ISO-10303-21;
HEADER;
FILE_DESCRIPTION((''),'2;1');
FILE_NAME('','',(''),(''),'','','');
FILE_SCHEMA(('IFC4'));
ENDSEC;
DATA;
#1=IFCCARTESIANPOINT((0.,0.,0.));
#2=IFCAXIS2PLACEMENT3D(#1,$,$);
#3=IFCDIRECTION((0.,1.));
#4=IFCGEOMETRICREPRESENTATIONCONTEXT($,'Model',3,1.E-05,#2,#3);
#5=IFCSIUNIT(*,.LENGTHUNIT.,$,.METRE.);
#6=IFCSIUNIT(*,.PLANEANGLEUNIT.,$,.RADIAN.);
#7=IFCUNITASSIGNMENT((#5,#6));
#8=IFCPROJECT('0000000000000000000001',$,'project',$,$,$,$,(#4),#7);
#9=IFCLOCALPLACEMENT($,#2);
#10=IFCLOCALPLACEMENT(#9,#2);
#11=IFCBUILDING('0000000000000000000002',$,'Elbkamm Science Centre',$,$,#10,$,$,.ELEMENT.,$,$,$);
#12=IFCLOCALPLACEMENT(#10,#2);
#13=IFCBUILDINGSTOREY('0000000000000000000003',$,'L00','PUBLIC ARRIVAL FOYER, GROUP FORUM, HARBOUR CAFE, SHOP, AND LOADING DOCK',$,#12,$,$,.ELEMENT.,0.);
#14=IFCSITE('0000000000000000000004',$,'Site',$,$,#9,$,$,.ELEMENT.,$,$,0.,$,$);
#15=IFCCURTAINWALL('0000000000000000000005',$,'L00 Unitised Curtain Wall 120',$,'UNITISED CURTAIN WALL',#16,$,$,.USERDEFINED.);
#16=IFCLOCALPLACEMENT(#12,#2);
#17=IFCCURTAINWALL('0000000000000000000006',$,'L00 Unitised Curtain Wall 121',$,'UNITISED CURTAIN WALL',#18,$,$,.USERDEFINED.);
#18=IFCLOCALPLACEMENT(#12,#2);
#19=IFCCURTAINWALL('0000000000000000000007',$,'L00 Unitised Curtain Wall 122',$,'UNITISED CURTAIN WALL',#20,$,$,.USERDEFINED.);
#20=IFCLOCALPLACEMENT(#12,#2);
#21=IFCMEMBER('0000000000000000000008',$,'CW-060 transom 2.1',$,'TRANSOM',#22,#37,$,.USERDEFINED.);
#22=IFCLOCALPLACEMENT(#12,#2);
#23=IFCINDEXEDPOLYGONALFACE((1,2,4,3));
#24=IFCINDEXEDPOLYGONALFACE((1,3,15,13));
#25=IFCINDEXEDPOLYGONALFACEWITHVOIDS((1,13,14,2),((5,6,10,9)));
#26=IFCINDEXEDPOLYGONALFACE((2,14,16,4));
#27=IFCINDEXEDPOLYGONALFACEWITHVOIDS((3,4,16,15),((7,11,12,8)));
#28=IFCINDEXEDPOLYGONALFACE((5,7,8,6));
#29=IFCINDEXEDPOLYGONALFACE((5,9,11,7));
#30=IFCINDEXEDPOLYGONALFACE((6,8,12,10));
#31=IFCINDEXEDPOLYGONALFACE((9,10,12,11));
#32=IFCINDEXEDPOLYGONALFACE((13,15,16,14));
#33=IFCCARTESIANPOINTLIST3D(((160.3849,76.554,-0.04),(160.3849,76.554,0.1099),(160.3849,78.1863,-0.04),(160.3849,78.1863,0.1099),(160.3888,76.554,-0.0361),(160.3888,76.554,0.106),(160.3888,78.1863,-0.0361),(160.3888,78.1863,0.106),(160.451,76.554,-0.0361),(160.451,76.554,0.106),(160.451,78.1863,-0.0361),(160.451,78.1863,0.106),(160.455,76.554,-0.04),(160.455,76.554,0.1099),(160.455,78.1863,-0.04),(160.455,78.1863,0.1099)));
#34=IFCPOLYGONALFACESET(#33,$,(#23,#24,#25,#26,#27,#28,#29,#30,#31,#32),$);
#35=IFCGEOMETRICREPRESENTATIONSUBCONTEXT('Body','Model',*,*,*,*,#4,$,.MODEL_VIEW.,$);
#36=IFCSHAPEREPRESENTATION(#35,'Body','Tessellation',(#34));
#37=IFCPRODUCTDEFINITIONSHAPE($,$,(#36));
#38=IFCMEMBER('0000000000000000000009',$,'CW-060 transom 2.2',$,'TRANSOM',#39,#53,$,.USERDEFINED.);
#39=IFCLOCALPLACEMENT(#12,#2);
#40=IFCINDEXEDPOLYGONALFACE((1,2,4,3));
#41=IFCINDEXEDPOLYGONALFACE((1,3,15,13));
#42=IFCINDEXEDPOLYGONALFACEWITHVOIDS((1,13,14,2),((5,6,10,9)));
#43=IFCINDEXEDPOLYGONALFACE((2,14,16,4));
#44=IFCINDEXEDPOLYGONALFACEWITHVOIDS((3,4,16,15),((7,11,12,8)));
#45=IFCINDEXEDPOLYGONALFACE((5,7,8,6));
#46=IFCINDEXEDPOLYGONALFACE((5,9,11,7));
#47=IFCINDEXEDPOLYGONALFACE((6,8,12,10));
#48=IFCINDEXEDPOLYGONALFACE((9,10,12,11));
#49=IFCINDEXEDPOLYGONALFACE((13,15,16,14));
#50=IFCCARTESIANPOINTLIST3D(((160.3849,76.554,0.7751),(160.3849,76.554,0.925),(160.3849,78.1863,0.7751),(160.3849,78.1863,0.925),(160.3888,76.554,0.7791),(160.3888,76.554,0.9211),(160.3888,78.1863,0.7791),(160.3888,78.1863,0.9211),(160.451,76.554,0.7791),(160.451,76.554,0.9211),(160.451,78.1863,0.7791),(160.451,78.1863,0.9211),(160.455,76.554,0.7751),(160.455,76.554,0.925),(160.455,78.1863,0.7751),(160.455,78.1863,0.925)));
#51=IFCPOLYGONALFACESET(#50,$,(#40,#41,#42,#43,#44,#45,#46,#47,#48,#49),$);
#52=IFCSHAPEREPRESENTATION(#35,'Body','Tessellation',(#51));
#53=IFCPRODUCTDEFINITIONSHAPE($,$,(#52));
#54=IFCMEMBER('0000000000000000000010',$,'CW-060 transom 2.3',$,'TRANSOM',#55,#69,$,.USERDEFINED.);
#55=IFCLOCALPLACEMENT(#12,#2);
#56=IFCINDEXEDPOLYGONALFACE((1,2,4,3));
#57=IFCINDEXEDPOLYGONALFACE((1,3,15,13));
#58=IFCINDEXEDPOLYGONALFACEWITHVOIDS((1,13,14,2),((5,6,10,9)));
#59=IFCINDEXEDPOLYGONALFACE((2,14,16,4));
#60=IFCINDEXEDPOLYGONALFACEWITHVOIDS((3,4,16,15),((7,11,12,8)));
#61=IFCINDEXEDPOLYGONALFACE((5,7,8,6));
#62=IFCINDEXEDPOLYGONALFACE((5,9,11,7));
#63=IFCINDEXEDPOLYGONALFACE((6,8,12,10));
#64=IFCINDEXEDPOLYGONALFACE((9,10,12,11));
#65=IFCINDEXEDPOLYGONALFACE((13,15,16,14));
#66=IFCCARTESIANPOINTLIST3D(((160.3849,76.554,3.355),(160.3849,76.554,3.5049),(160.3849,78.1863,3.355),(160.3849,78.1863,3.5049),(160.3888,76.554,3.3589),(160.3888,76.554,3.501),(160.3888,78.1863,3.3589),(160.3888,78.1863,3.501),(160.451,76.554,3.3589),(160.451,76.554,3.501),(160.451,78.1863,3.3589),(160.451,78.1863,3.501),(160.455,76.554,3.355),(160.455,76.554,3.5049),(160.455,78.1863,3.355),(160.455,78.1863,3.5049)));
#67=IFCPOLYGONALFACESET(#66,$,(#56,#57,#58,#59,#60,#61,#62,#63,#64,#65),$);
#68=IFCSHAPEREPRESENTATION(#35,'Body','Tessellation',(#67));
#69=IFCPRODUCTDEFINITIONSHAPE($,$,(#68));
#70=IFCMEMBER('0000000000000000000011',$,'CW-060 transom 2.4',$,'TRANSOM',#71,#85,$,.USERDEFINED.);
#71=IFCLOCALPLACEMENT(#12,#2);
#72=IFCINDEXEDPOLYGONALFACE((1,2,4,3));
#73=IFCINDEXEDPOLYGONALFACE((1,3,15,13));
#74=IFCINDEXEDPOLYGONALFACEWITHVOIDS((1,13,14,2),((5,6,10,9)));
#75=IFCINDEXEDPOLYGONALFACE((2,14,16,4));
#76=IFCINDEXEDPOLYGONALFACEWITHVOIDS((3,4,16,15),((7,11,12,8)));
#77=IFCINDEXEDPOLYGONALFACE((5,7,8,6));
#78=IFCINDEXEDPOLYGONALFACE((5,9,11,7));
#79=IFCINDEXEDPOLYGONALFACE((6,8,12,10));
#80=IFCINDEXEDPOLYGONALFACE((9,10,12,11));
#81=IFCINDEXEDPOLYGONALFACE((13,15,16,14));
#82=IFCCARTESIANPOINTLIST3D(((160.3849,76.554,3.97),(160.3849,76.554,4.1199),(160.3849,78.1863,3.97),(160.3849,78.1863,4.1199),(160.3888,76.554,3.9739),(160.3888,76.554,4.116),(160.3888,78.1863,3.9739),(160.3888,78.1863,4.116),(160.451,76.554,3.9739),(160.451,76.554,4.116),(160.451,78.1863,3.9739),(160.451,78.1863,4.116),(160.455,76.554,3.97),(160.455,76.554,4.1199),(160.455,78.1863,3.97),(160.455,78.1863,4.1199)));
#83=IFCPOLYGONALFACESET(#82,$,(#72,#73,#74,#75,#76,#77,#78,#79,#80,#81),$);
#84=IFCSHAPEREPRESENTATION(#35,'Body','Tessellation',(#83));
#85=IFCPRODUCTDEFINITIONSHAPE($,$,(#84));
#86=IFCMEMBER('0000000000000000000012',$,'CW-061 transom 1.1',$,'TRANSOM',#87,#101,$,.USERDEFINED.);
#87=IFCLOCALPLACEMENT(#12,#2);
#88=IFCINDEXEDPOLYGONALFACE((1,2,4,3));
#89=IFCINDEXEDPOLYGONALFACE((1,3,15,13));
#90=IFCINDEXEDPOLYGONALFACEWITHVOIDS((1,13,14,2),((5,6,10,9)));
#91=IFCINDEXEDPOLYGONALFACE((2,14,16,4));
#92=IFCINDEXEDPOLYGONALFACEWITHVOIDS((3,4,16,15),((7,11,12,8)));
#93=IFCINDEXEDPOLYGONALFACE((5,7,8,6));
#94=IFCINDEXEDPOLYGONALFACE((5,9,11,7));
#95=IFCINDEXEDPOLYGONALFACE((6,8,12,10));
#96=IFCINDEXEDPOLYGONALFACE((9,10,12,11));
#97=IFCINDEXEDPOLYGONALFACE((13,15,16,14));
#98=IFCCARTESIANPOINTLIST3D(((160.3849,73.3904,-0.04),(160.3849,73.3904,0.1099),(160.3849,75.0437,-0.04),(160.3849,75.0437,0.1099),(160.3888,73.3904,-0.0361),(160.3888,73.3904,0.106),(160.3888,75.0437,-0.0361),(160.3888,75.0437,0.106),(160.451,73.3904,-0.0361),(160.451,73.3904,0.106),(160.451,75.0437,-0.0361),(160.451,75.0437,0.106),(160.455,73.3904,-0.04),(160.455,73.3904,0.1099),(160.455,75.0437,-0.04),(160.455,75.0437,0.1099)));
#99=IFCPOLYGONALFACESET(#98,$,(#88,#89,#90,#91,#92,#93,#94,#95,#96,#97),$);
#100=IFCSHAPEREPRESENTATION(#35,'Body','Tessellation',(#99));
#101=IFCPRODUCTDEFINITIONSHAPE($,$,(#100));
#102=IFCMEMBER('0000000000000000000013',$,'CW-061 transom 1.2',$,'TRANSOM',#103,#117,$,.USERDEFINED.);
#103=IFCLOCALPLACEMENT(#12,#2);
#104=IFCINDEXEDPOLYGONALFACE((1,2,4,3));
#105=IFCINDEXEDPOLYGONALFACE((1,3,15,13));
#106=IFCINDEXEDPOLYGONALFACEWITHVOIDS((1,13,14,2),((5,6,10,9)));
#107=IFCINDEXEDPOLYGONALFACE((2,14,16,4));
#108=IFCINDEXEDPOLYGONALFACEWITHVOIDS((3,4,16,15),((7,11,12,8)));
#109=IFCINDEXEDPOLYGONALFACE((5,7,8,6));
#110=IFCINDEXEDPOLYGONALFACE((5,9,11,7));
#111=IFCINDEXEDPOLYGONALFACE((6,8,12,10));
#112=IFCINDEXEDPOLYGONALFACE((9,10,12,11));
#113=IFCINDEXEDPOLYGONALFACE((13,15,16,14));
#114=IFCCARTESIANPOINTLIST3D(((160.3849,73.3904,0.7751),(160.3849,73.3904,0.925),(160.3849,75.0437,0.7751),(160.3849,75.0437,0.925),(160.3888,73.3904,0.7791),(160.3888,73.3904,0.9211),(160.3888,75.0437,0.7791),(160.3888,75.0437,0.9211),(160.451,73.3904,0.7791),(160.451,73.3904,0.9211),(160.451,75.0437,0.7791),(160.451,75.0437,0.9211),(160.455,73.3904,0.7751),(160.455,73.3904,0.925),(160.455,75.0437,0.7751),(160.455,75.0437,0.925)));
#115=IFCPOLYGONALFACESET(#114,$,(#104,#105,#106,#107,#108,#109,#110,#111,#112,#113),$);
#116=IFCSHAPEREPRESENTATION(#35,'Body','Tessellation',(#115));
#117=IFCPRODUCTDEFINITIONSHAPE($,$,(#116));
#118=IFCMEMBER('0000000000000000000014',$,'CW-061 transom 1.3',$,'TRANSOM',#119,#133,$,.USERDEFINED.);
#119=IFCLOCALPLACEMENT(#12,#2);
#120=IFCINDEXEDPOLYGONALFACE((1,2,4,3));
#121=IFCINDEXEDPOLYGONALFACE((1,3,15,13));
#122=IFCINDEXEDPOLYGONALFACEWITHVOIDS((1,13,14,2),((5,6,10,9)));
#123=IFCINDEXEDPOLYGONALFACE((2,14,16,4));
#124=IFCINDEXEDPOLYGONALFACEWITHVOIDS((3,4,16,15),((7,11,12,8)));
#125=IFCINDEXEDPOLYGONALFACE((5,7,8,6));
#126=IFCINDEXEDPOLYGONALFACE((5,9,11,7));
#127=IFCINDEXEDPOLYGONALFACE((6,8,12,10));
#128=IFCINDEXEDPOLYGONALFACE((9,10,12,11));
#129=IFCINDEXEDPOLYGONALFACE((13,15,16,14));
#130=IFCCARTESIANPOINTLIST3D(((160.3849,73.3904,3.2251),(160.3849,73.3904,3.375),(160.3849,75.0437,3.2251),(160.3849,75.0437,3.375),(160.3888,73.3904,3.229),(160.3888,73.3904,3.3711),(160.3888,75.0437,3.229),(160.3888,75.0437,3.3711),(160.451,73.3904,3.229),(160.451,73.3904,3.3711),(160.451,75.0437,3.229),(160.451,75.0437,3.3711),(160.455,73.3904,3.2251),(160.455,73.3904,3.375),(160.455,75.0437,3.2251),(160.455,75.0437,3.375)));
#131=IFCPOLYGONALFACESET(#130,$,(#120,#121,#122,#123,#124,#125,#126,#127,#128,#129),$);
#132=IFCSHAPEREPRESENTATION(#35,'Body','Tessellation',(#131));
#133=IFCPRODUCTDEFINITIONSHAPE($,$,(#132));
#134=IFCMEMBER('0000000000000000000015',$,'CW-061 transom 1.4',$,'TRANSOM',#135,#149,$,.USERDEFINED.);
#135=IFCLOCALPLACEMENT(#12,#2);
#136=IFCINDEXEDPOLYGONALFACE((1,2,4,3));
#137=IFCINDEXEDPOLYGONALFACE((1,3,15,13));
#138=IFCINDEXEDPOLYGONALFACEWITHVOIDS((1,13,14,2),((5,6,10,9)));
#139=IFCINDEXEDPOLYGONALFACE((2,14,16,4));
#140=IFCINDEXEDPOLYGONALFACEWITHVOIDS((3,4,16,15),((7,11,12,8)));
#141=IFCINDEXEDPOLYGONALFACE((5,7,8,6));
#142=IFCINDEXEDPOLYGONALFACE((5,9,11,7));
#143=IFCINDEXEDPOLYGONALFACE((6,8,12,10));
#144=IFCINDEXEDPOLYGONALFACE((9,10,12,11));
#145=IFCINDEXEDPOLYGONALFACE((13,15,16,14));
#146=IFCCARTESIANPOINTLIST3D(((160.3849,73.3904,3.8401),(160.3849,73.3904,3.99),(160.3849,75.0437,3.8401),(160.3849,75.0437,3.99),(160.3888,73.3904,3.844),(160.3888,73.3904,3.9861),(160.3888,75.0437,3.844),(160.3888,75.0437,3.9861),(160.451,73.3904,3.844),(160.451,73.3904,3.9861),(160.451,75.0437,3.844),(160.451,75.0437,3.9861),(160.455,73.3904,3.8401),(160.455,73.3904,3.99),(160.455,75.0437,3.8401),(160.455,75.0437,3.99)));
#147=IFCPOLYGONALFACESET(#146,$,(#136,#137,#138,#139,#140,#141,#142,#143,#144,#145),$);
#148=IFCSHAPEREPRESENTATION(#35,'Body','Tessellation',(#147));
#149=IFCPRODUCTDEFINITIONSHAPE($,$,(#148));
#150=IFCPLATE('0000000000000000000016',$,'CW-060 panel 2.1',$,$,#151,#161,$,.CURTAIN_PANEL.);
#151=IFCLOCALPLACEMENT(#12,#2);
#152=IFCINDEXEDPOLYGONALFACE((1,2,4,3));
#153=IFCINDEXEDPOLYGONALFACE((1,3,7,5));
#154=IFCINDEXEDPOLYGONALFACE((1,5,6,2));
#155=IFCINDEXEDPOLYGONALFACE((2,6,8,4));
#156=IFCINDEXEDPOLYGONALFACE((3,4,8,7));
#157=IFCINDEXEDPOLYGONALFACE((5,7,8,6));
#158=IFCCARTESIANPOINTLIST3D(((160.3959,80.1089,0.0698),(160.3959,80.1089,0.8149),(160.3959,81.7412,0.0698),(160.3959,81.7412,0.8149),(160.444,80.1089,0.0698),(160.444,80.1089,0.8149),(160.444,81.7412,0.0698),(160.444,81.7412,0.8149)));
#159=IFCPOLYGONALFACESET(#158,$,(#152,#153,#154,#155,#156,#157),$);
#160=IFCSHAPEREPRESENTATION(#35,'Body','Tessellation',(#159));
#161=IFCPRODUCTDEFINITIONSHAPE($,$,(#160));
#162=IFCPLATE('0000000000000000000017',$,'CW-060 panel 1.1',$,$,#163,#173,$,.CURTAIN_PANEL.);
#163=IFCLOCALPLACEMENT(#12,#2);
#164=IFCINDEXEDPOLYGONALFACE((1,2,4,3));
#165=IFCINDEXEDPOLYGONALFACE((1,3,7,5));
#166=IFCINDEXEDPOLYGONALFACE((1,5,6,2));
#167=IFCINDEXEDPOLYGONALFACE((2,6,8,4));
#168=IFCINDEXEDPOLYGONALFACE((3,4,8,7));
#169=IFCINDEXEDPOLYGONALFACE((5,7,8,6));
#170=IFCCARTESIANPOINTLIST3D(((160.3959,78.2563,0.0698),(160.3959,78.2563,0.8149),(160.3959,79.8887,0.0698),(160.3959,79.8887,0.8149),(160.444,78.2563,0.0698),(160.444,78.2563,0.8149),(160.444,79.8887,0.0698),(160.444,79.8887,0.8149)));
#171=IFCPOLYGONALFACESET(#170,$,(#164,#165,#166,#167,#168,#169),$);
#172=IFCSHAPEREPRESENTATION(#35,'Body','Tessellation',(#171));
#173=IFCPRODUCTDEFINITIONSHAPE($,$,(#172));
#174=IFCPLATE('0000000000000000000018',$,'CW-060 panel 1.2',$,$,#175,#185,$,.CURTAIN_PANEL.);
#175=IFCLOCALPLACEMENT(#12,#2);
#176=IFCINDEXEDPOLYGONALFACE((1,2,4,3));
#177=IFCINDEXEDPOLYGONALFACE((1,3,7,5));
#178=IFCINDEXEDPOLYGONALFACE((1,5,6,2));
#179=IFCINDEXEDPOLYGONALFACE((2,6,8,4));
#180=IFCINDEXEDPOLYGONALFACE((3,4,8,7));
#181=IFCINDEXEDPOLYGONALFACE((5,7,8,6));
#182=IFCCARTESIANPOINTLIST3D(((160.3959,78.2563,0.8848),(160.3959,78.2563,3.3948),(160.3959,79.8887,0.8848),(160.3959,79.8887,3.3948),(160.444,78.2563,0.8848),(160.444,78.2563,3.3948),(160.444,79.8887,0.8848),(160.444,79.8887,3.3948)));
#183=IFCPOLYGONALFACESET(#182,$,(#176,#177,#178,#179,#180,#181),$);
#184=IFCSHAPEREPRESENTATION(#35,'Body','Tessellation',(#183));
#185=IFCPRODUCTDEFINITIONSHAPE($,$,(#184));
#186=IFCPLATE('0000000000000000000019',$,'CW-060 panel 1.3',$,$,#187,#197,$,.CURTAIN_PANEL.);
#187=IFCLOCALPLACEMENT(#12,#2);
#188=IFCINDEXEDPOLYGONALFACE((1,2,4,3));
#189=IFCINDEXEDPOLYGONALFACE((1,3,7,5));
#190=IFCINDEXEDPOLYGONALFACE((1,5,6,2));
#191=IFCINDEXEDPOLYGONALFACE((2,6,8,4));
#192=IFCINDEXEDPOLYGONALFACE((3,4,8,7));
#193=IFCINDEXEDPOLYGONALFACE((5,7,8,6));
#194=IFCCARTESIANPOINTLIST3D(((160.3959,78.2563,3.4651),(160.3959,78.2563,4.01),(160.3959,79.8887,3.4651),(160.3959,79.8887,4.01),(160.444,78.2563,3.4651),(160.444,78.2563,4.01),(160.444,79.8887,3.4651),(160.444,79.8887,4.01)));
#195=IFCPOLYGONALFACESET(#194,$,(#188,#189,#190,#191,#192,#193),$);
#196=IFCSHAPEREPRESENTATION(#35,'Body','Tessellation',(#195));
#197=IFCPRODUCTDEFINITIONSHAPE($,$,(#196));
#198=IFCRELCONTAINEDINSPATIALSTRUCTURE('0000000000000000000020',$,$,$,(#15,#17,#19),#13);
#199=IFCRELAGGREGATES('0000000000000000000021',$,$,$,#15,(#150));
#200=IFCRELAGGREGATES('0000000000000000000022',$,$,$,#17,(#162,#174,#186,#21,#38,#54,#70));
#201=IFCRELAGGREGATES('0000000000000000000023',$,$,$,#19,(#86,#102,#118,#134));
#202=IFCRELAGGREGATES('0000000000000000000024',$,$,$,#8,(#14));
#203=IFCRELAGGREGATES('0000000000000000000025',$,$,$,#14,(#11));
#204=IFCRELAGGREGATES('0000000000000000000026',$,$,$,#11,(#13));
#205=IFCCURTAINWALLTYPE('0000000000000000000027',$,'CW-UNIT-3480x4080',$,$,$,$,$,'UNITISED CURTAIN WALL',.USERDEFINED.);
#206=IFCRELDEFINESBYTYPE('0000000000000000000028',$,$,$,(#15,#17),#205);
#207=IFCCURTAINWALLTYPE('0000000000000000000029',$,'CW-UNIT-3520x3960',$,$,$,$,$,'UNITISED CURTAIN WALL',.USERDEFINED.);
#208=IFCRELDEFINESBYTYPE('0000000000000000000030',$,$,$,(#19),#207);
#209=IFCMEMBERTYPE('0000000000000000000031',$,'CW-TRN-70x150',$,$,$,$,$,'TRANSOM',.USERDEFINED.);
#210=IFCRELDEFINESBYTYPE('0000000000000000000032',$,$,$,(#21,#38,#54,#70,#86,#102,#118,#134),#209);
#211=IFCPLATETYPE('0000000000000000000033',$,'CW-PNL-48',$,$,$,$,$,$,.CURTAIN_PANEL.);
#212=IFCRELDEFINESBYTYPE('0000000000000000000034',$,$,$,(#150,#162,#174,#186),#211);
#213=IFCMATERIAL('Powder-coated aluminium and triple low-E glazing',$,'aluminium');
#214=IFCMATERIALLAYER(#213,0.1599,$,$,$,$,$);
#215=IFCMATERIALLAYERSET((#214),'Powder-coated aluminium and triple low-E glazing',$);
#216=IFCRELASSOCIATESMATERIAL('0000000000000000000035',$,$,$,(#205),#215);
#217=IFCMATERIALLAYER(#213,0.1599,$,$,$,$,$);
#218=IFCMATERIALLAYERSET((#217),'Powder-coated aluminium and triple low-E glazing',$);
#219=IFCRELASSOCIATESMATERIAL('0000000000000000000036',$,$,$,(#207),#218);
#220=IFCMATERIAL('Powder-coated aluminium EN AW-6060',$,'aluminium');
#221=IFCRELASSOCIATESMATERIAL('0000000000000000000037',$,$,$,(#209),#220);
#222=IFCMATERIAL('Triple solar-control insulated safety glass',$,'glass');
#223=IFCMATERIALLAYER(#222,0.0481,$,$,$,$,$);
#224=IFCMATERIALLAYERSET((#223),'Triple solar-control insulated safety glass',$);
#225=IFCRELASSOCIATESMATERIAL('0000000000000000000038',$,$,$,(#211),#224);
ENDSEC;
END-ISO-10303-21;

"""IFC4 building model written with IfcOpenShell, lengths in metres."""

from ifc_helpers import new_model, si_unit, direction, frame, origin, origin_2d, place, context, subcontext, project, spatial, rectangle, hollow_rectangle, extrude, material, layer, layer_set, material_profile, profile_set, type_object, element, aggregate, save


model = new_model("IFC4")

# Units and contexts
model_context = context("Model", 3, precision=1e-05, world=origin(), true_north=direction((0.0, 1.0)))
body_context = subcontext(model_context, "Body", "Model", "MODEL_VIEW")
ifc_project = project(units=[si_unit("LENGTHUNIT", "METRE"), si_unit("PLANEANGLEUNIT", "RADIAN")], contexts=[model_context])

# Site, building, storey
site_placement = place(None, origin())
site = spatial("IfcSite", under=ifc_project, at=site_placement, Name="Site", CompositionType="ELEMENT", RefElevation=0.0)
building_placement = place(site_placement, origin())
building = spatial("IfcBuilding", under=site, at=building_placement, Name="Elbkamm Science Centre", CompositionType="ELEMENT")
storey_placement = place(building_placement, origin())
storey = spatial("IfcBuildingStorey", under=building, at=storey_placement, Name="L00", Description="PUBLIC ARRIVAL FOYER, GROUP FORUM, HARBOUR CAFE, SHOP, AND LOADING DOCK", CompositionType="ELEMENT", Elevation=0.0)

# Curtain wall
ifc_material_1 = material(Name="Powder-coated aluminium and triple low-E glazing", Category="aluminium")
ifc_layer_1 = layer(ifc_material_1, 0.1599)
ifc_layer_set_1 = layer_set([ifc_layer_1], Name="Powder-coated aluminium and triple low-E glazing")
curtain_wall_type_1 = type_object("IfcCurtainWallType", Name="CW-UNIT-3480x4080", ElementType="UNITISED CURTAIN WALL", PredefinedType="USERDEFINED", material=ifc_layer_set_1)
curtain_wall_1_placement = place(storey_placement, origin())
curtain_wall_1 = element("IfcCurtainWall", 1, at=curtain_wall_1_placement, inside=storey, type_object=curtain_wall_type_1, Name="L00 Unitised Curtain Wall 120", ObjectType="UNITISED CURTAIN WALL", PredefinedType="USERDEFINED")
ifc_material_2 = material(Name="Powder-coated aluminium EN AW-6060", Category="aluminium")

# Curtain wall
curtain_wall_2_placement = place(storey_placement, origin())
curtain_wall_2 = element("IfcCurtainWall", 2, at=curtain_wall_2_placement, inside=storey, type_object=curtain_wall_type_1, Name="L00 Unitised Curtain Wall 121", ObjectType="UNITISED CURTAIN WALL", PredefinedType="USERDEFINED")

# Curtain wall
ifc_layer_2 = layer(ifc_material_1, 0.1599)
ifc_layer_set_2 = layer_set([ifc_layer_2], Name="Powder-coated aluminium and triple low-E glazing")
curtain_wall_type_2 = type_object("IfcCurtainWallType", Name="CW-UNIT-3520x3960", ElementType="UNITISED CURTAIN WALL", PredefinedType="USERDEFINED", material=ifc_layer_set_2)
curtain_wall_3_placement = place(storey_placement, origin())
curtain_wall_3 = element("IfcCurtainWall", 3, at=curtain_wall_3_placement, inside=storey, type_object=curtain_wall_type_2, Name="L00 Unitised Curtain Wall 122", ObjectType="UNITISED CURTAIN WALL", PredefinedType="USERDEFINED")

# Members
ifc_material_profile_1 = material_profile(ifc_material_2, hollow_rectangle(XDim=0.0701, YDim=0.1499, WallThickness=0.0039, at=origin_2d()), Name="ALU T70x150")
ifc_profile_set_1 = profile_set([ifc_material_profile_1], Name="Powder-coated aluminium EN AW-6060")
member_type_1 = type_object("IfcMemberType", Name="CW-TRN-70x150", ElementType="TRANSOM", PredefinedType="USERDEFINED", material=ifc_profile_set_1)
member_1_placement = place(storey_placement, frame((160.4199, 78.1863, 0.0349), z_axis=(0.0, -1.0, 0.0), x_axis=(1.0, 0.0, 0.0)))
member_1 = element("IfcMember", 4, at=member_1_placement, type_object=member_type_1, Name="CW-060 transom 2.1", ObjectType="TRANSOM", PredefinedType="USERDEFINED", context=body_context, shape_type="SweptSolid", body=[
    extrude(hollow_rectangle(XDim=0.0701, YDim=0.1499, WallThickness=0.0039, at=origin_2d()), origin(), (0.0, 0.0, 1.0), 1.6323),
])
member_2_placement = place(storey_placement, frame((160.4199, 78.1863, 0.8501), z_axis=(0.0, -1.0, 0.0), x_axis=(1.0, 0.0, 0.0)))
member_2 = element("IfcMember", 5, at=member_2_placement, type_object=member_type_1, Name="CW-060 transom 2.2", ObjectType="TRANSOM", PredefinedType="USERDEFINED", context=body_context, shape_type="SweptSolid", body=[
    extrude(hollow_rectangle(XDim=0.0701, YDim=0.1499, WallThickness=0.0039, at=origin_2d()), origin(), (0.0, 0.0, 1.0), 1.6323),
])
member_3_placement = place(storey_placement, frame((160.4199, 78.1863, 3.4299), z_axis=(0.0, -1.0, 0.0), x_axis=(1.0, 0.0, 0.0)))
member_3 = element("IfcMember", 6, at=member_3_placement, type_object=member_type_1, Name="CW-060 transom 2.3", ObjectType="TRANSOM", PredefinedType="USERDEFINED", context=body_context, shape_type="SweptSolid", body=[
    extrude(hollow_rectangle(XDim=0.0701, YDim=0.1499, WallThickness=0.0039, at=origin_2d()), origin(), (0.0, 0.0, 1.0), 1.6323),
])
member_4_placement = place(storey_placement, frame((160.4199, 78.1863, 4.0449), z_axis=(0.0, -1.0, 0.0), x_axis=(1.0, 0.0, 0.0)))
member_4 = element("IfcMember", 7, at=member_4_placement, type_object=member_type_1, Name="CW-060 transom 2.4", ObjectType="TRANSOM", PredefinedType="USERDEFINED", context=body_context, shape_type="SweptSolid", body=[
    extrude(hollow_rectangle(XDim=0.0701, YDim=0.1499, WallThickness=0.0039, at=origin_2d()), origin(), (0.0, 0.0, 1.0), 1.6323),
])
member_5_placement = place(storey_placement, frame((160.4199, 75.0437, 0.0349), z_axis=(0.0, -1.0, 0.0), x_axis=(1.0, 0.0, 0.0)))
member_5 = element("IfcMember", 8, at=member_5_placement, type_object=member_type_1, Name="CW-061 transom 1.1", ObjectType="TRANSOM", PredefinedType="USERDEFINED", context=body_context, shape_type="SweptSolid", body=[
    extrude(hollow_rectangle(XDim=0.0701, YDim=0.1499, WallThickness=0.0039, at=origin_2d()), origin(), (0.0, 0.0, 1.0), 1.6533),
])
member_6_placement = place(storey_placement, frame((160.4199, 75.0437, 0.8501), z_axis=(0.0, -1.0, 0.0), x_axis=(1.0, 0.0, 0.0)))
member_6 = element("IfcMember", 9, at=member_6_placement, type_object=member_type_1, Name="CW-061 transom 1.2", ObjectType="TRANSOM", PredefinedType="USERDEFINED", context=body_context, shape_type="SweptSolid", body=[
    extrude(hollow_rectangle(XDim=0.0701, YDim=0.1499, WallThickness=0.0039, at=origin_2d()), origin(), (0.0, 0.0, 1.0), 1.6533),
])
member_7_placement = place(storey_placement, frame((160.4199, 75.0437, 3.3), z_axis=(0.0, -1.0, 0.0), x_axis=(1.0, 0.0, 0.0)))
member_7 = element("IfcMember", 10, at=member_7_placement, type_object=member_type_1, Name="CW-061 transom 1.3", ObjectType="TRANSOM", PredefinedType="USERDEFINED", context=body_context, shape_type="SweptSolid", body=[
    extrude(hollow_rectangle(XDim=0.0701, YDim=0.1499, WallThickness=0.0039, at=origin_2d()), origin(), (0.0, 0.0, 1.0), 1.6533),
])
member_8_placement = place(storey_placement, frame((160.4199, 75.0437, 3.915), z_axis=(0.0, -1.0, 0.0), x_axis=(1.0, 0.0, 0.0)))
member_8 = element("IfcMember", 11, at=member_8_placement, type_object=member_type_1, Name="CW-061 transom 1.4", ObjectType="TRANSOM", PredefinedType="USERDEFINED", context=body_context, shape_type="SweptSolid", body=[
    extrude(hollow_rectangle(XDim=0.0701, YDim=0.1499, WallThickness=0.0039, at=origin_2d()), origin(), (0.0, 0.0, 1.0), 1.6533),
])

# Plates
ifc_material_3 = material(Name="Triple solar-control insulated safety glass", Category="glass")
ifc_layer_3 = layer(ifc_material_3, 0.0481)
ifc_layer_set_3 = layer_set([ifc_layer_3], Name="Triple solar-control insulated safety glass")
plate_type = type_object("IfcPlateType", Name="CW-PNL-48", PredefinedType="CURTAIN_PANEL", material=ifc_layer_set_3)
plate_1_placement = place(storey_placement, frame((160.4199, 80.925, 0.0698), z_axis=(0.0, 0.0, 1.0), x_axis=(0.0, -1.0, 0.0)))
plate_1 = element("IfcPlate", 12, at=plate_1_placement, type_object=plate_type, Name="CW-060 panel 2.1", PredefinedType="CURTAIN_PANEL", context=body_context, shape_type="SweptSolid", body=[
    extrude(rectangle(XDim=1.6323, YDim=0.0481, at=origin_2d()), origin(), (0.0, 0.0, 1.0), 0.7451),
])
aggregate(curtain_wall_1, [plate_1])
plate_2_placement = place(storey_placement, frame((160.4199, 79.0725, 0.0698), z_axis=(0.0, 0.0, 1.0), x_axis=(0.0, -1.0, 0.0)))
plate_2 = element("IfcPlate", 13, at=plate_2_placement, type_object=plate_type, Name="CW-060 panel 1.1", PredefinedType="CURTAIN_PANEL", context=body_context, shape_type="SweptSolid", body=[
    extrude(rectangle(XDim=1.6323, YDim=0.0481, at=origin_2d()), origin(), (0.0, 0.0, 1.0), 0.7451),
])
plate_3_placement = place(storey_placement, frame((160.4199, 79.0725, 0.8848), z_axis=(0.0, 0.0, 1.0), x_axis=(0.0, -1.0, 0.0)))
plate_3 = element("IfcPlate", 14, at=plate_3_placement, type_object=plate_type, Name="CW-060 panel 1.2", PredefinedType="CURTAIN_PANEL", context=body_context, shape_type="SweptSolid", body=[
    extrude(rectangle(XDim=1.6323, YDim=0.0481, at=origin_2d()), origin(), (0.0, 0.0, 1.0), 2.51),
])
plate_4_placement = place(storey_placement, frame((160.4199, 79.0725, 3.4651), z_axis=(0.0, 0.0, 1.0), x_axis=(0.0, -1.0, 0.0)))
plate_4 = element("IfcPlate", 15, at=plate_4_placement, type_object=plate_type, Name="CW-060 panel 1.3", PredefinedType="CURTAIN_PANEL", context=body_context, shape_type="SweptSolid", body=[
    extrude(rectangle(XDim=1.6323, YDim=0.0481, at=origin_2d()), origin(), (0.0, 0.0, 1.0), 0.5449),
])
aggregate(curtain_wall_2, [plate_2, plate_3, plate_4, member_1, member_2, member_3, member_4])
aggregate(curtain_wall_3, [member_5, member_6, member_7, member_8])

save(model, "model.ifc")
